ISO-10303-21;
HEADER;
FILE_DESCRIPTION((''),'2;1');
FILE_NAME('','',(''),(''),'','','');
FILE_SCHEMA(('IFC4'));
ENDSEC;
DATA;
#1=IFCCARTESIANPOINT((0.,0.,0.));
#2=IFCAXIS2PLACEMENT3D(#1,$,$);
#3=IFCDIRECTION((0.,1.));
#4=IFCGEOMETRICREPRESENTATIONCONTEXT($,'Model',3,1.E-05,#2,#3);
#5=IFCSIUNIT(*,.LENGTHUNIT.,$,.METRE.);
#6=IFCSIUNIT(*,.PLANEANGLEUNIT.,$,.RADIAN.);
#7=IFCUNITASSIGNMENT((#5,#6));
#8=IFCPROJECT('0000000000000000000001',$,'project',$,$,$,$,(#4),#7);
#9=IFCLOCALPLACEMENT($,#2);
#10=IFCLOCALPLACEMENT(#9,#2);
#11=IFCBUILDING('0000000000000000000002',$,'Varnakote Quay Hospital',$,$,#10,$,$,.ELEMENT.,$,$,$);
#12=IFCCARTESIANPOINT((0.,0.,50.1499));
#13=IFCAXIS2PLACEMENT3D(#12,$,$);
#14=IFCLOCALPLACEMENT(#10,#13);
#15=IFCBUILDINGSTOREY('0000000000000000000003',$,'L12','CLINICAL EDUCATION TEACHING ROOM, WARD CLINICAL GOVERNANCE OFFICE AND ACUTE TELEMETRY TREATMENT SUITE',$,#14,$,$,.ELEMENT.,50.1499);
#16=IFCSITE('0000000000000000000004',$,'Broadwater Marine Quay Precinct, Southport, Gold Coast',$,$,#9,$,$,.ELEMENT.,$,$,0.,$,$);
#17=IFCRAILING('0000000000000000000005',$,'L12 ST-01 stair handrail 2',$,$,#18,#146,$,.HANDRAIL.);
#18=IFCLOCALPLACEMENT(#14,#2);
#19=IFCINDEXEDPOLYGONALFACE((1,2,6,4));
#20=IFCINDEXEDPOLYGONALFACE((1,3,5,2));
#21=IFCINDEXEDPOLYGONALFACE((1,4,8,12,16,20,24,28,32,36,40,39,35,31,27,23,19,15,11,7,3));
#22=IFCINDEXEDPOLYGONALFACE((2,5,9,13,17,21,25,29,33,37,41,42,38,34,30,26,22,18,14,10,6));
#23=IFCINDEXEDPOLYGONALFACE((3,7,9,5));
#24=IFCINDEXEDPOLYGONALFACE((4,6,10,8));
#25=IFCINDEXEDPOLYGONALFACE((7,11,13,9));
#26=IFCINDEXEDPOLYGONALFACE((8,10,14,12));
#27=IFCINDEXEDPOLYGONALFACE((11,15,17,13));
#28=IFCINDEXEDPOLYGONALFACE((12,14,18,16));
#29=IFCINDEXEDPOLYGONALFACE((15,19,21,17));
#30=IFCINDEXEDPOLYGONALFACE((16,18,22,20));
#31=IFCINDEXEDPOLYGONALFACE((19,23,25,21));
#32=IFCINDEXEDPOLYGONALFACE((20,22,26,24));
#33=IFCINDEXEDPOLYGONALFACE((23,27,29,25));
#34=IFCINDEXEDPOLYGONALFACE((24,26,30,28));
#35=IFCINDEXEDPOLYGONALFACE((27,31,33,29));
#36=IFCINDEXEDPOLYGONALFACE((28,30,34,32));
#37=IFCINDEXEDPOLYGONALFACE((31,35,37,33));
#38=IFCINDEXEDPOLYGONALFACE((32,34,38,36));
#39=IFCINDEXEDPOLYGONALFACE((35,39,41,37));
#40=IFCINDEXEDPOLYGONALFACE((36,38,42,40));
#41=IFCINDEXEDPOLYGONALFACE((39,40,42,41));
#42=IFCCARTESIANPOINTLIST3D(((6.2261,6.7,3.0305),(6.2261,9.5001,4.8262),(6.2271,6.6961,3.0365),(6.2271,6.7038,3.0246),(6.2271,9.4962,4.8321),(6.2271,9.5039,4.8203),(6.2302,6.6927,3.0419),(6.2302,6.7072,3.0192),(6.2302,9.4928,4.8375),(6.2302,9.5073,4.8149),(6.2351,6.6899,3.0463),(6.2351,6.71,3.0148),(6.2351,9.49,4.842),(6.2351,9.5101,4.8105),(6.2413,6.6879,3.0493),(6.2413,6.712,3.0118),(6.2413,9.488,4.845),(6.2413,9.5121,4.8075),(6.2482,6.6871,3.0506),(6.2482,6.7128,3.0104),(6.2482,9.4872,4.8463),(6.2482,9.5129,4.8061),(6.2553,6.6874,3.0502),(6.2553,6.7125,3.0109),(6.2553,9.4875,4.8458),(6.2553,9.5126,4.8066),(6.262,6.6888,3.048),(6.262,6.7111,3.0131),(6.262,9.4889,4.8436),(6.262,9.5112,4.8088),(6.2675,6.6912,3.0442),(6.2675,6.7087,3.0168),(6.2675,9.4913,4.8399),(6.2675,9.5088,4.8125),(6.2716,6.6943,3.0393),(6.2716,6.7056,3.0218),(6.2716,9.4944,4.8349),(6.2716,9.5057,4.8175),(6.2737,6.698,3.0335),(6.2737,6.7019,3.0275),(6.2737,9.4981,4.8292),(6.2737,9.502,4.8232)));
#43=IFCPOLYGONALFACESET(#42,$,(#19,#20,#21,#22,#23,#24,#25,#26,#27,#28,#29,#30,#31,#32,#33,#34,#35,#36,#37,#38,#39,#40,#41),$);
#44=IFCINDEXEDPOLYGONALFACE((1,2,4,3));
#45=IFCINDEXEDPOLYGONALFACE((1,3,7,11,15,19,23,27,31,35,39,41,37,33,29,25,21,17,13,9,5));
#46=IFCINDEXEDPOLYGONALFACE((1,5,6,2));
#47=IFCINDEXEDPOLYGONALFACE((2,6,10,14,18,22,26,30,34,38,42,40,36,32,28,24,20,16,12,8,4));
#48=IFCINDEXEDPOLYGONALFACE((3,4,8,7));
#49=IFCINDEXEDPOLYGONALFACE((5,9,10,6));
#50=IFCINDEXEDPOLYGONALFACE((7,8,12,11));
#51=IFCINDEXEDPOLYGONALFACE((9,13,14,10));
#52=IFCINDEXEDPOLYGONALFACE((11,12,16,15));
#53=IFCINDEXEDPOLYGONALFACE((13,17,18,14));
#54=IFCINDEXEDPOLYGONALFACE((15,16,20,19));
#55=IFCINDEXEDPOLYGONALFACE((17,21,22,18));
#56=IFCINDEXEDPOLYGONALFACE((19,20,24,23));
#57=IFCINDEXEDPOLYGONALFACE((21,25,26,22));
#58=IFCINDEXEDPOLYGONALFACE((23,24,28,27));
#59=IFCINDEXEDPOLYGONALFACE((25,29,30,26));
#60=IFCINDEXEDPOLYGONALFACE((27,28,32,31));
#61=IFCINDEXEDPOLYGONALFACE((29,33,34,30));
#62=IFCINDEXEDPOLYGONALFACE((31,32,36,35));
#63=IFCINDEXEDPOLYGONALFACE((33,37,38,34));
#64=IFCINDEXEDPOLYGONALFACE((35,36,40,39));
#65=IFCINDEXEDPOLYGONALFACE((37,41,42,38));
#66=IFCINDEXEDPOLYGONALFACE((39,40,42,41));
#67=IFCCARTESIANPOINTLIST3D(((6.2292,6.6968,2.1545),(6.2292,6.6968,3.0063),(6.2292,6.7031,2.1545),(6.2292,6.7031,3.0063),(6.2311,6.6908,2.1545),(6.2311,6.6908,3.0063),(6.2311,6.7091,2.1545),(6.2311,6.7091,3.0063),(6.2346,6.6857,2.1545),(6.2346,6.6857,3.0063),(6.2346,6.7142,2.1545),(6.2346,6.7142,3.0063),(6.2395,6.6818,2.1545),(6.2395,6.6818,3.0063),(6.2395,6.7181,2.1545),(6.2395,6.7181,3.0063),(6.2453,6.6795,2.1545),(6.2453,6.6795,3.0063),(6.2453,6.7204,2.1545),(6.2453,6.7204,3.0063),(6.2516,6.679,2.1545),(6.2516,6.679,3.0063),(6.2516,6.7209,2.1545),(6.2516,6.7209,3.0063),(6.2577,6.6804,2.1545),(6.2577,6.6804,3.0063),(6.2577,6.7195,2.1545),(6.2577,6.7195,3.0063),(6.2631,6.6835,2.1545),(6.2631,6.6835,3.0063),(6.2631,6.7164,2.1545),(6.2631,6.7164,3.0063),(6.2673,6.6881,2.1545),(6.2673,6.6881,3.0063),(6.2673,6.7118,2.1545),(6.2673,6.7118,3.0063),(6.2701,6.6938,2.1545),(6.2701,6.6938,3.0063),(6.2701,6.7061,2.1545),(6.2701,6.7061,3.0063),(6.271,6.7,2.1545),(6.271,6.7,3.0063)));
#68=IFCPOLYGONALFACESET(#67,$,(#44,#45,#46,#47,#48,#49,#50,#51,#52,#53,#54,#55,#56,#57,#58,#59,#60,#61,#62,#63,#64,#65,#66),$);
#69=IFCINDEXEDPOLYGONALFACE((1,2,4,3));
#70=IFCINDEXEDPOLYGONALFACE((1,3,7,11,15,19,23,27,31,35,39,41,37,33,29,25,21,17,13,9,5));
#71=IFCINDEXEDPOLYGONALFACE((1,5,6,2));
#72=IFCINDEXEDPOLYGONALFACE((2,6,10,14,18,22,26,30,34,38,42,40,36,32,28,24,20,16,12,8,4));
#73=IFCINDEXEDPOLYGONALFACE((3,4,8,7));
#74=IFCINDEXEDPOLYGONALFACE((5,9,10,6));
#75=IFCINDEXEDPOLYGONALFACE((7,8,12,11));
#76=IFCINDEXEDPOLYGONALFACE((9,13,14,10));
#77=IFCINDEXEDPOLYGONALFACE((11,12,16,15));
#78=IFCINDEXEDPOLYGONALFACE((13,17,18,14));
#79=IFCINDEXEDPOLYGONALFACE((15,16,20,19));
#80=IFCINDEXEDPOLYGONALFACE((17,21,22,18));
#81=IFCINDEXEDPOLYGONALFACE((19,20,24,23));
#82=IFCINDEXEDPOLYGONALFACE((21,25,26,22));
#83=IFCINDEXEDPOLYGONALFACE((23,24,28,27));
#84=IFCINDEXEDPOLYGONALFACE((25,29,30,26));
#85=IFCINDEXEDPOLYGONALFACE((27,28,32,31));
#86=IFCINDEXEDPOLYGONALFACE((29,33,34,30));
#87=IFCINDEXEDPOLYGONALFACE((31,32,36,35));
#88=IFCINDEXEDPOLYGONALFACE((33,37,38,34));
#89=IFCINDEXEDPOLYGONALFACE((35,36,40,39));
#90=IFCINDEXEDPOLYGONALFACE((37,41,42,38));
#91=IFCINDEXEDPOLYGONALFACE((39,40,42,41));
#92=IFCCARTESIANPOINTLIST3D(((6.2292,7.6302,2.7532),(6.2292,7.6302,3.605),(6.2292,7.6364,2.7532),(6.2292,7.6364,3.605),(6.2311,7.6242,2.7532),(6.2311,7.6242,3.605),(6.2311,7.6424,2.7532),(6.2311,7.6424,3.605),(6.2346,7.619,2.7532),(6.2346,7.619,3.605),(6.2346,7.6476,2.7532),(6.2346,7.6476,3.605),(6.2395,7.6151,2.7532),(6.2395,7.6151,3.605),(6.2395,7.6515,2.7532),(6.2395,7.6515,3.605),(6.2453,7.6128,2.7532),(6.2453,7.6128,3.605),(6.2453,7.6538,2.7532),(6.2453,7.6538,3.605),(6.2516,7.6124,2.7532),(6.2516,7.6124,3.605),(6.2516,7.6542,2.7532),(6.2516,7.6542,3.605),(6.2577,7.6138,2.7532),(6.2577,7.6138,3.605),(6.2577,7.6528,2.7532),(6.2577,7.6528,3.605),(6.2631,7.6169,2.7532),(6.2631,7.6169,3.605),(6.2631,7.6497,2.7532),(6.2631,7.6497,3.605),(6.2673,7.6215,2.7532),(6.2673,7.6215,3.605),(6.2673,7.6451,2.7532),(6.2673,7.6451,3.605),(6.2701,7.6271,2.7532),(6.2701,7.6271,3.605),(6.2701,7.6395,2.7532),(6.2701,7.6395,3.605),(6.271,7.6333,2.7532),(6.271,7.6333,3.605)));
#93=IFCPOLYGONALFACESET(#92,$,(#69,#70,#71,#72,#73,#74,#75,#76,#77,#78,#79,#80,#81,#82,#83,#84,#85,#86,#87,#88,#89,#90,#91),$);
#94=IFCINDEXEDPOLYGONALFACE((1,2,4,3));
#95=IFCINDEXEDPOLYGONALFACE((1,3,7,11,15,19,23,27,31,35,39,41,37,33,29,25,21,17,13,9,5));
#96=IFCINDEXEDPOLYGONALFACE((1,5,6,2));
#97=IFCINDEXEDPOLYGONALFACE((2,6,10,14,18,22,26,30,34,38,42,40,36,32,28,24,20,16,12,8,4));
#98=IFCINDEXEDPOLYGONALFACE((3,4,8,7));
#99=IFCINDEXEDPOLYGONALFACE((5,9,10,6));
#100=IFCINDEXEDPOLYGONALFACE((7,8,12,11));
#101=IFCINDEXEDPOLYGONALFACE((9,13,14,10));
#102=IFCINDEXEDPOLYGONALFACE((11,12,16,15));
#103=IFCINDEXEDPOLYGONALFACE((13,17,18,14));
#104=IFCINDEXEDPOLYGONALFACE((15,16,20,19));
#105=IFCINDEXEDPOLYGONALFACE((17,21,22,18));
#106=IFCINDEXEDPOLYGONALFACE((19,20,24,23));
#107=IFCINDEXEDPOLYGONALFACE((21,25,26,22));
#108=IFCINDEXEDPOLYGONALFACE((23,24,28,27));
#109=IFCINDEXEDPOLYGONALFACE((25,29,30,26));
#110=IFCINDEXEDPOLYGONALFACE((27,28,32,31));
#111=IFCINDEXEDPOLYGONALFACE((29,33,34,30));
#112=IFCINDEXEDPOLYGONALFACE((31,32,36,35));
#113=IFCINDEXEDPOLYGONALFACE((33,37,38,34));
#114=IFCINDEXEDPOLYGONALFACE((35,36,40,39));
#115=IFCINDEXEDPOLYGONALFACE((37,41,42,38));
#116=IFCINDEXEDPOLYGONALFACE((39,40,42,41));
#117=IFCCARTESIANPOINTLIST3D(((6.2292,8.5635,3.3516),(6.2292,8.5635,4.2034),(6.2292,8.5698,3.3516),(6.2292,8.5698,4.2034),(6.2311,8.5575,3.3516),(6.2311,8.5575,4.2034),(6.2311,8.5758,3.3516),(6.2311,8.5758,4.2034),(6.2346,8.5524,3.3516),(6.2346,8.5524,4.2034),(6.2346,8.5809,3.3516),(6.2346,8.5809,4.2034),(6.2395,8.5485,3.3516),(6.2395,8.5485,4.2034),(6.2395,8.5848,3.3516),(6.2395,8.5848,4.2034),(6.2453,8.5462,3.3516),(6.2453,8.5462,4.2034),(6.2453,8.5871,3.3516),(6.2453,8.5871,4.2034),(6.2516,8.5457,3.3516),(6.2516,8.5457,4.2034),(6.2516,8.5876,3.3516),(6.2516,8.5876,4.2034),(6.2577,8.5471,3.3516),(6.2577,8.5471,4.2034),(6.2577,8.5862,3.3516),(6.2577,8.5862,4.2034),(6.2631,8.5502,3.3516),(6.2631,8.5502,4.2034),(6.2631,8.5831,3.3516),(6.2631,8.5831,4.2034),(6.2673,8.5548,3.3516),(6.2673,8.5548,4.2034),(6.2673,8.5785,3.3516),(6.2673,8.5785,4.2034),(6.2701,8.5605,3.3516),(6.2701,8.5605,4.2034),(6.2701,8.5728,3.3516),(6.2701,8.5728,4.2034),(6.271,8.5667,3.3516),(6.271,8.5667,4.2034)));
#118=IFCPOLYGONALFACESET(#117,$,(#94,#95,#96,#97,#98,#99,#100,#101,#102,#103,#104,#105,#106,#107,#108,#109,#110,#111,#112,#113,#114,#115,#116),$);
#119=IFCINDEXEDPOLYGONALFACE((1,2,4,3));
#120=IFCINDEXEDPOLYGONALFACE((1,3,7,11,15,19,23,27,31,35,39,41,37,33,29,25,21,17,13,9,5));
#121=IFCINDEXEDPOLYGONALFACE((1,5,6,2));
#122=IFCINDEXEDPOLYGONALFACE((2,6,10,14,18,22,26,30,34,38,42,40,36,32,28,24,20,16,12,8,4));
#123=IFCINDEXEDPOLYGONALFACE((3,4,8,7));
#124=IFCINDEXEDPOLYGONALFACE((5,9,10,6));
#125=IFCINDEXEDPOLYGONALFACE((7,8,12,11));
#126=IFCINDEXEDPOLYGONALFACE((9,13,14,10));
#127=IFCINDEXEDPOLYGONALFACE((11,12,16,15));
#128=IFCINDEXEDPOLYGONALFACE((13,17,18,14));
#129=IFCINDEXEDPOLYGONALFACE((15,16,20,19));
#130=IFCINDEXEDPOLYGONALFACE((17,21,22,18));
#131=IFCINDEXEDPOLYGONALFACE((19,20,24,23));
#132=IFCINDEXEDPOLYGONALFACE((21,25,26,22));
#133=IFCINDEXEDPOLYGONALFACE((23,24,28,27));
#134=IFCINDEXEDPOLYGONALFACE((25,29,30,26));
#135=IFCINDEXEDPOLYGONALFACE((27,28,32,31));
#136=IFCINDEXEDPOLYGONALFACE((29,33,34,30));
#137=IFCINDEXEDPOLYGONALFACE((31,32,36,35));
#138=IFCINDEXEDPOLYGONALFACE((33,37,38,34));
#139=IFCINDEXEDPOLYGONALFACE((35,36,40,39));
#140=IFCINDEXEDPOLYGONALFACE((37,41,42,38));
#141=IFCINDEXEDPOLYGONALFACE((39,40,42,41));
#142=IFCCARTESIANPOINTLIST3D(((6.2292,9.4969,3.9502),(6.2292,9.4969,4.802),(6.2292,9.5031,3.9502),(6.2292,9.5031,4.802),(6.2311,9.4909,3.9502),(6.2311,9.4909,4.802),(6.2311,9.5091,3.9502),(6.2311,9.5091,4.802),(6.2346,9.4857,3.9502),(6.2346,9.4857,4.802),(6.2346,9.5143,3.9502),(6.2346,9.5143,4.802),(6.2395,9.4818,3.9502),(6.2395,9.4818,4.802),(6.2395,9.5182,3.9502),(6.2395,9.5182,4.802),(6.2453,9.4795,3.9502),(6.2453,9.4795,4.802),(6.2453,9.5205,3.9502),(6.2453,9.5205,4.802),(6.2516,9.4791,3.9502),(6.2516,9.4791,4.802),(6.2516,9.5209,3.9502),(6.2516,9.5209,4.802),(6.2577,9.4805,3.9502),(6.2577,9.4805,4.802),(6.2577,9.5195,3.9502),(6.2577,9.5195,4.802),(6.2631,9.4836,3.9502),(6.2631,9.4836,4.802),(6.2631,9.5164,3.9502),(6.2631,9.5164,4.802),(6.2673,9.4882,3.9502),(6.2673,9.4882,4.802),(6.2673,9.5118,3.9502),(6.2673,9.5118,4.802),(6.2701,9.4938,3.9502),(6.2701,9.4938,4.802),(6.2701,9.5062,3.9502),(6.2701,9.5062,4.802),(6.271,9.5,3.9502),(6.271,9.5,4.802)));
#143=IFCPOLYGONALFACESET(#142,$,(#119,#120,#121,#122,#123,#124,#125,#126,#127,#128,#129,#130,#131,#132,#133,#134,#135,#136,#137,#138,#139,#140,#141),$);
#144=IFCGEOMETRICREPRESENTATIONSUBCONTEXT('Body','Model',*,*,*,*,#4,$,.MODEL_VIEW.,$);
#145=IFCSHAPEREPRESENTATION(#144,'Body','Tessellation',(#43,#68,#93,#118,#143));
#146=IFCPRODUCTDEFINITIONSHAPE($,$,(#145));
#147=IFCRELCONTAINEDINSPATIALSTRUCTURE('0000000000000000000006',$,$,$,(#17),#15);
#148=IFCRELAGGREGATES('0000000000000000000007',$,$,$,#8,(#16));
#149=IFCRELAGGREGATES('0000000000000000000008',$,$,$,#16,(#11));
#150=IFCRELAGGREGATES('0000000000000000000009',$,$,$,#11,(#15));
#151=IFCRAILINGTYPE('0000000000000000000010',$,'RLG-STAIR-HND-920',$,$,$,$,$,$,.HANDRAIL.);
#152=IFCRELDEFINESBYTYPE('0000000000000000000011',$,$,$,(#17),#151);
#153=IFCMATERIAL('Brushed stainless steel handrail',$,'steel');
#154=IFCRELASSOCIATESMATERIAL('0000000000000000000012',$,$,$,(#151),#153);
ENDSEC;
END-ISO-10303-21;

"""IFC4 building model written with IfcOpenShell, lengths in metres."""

from ifc_helpers import new_model, si_unit, direction, frame, origin, origin_2d, place, context, subcontext, project, spatial, circle, extrude, material, type_object, element, save


model = new_model("IFC4")

# Units and contexts
model_context = context("Model", 3, precision=1e-05, world=origin(), true_north=direction((0.0, 1.0)))
body_context = subcontext(model_context, "Body", "Model", "MODEL_VIEW")
ifc_project = project(units=[si_unit("LENGTHUNIT", "METRE"), si_unit("PLANEANGLEUNIT", "RADIAN")], contexts=[model_context])

# Site, building, storey
site_placement = place(None, origin())
site = spatial("IfcSite", under=ifc_project, at=site_placement, Name="Broadwater Marine Quay Precinct, Southport, Gold Coast", CompositionType="ELEMENT", RefElevation=0.0)
building_placement = place(site_placement, origin())
building = spatial("IfcBuilding", under=site, at=building_placement, Name="Varnakote Quay Hospital", CompositionType="ELEMENT")
storey_placement = place(building_placement, frame((0.0, 0.0, 50.1499)))
storey = spatial("IfcBuildingStorey", under=building, at=storey_placement, Name="L12", Description="CLINICAL EDUCATION TEACHING ROOM, WARD CLINICAL GOVERNANCE OFFICE AND ACUTE TELEMETRY TREATMENT SUITE", CompositionType="ELEMENT", Elevation=50.1499)

# Railing
ifc_material_1 = material(Name="Brushed stainless steel handrail", Category="steel")
railing_type_1 = type_object("IfcRailingType", Name="RLG-STAIR-HND-920", PredefinedType="HANDRAIL", material=ifc_material_1)
railing_1_placement = place(storey_placement, frame((6.25, 6.7, 2.1545)))
element("IfcRailing", 1, at=railing_1_placement, inside=storey, type_object=railing_type_1, Name="L12 ST-01 stair handrail 2", PredefinedType="HANDRAIL", context=body_context, shape_type="SweptSolid", body=[
    extrude(circle(Radius=0.0239, at=origin_2d()), frame((0.0, 0.0, 0.876), z_axis=(0.0, 0.841777, 0.539826), x_axis=(-1.0, 0.0, 0.0)), (0.0, 0.0, 1.0), 3.3264),
    extrude(circle(Radius=0.021, at=origin_2d()), origin(), (0.0, 0.0, 1.0), 0.8518),
    extrude(circle(Radius=0.021, at=origin_2d()), frame((0.0, 0.9333, 0.5986)), (0.0, 0.0, 1.0), 0.8518),
    extrude(circle(Radius=0.021, at=origin_2d()), frame((0.0, 1.8667, 1.197)), (0.0, 0.0, 1.0), 0.8518),
    extrude(circle(Radius=0.021, at=origin_2d()), frame((0.0, 2.8, 1.7957)), (0.0, 0.0, 1.0), 0.8518),
])

save(model, "model.ifc")
